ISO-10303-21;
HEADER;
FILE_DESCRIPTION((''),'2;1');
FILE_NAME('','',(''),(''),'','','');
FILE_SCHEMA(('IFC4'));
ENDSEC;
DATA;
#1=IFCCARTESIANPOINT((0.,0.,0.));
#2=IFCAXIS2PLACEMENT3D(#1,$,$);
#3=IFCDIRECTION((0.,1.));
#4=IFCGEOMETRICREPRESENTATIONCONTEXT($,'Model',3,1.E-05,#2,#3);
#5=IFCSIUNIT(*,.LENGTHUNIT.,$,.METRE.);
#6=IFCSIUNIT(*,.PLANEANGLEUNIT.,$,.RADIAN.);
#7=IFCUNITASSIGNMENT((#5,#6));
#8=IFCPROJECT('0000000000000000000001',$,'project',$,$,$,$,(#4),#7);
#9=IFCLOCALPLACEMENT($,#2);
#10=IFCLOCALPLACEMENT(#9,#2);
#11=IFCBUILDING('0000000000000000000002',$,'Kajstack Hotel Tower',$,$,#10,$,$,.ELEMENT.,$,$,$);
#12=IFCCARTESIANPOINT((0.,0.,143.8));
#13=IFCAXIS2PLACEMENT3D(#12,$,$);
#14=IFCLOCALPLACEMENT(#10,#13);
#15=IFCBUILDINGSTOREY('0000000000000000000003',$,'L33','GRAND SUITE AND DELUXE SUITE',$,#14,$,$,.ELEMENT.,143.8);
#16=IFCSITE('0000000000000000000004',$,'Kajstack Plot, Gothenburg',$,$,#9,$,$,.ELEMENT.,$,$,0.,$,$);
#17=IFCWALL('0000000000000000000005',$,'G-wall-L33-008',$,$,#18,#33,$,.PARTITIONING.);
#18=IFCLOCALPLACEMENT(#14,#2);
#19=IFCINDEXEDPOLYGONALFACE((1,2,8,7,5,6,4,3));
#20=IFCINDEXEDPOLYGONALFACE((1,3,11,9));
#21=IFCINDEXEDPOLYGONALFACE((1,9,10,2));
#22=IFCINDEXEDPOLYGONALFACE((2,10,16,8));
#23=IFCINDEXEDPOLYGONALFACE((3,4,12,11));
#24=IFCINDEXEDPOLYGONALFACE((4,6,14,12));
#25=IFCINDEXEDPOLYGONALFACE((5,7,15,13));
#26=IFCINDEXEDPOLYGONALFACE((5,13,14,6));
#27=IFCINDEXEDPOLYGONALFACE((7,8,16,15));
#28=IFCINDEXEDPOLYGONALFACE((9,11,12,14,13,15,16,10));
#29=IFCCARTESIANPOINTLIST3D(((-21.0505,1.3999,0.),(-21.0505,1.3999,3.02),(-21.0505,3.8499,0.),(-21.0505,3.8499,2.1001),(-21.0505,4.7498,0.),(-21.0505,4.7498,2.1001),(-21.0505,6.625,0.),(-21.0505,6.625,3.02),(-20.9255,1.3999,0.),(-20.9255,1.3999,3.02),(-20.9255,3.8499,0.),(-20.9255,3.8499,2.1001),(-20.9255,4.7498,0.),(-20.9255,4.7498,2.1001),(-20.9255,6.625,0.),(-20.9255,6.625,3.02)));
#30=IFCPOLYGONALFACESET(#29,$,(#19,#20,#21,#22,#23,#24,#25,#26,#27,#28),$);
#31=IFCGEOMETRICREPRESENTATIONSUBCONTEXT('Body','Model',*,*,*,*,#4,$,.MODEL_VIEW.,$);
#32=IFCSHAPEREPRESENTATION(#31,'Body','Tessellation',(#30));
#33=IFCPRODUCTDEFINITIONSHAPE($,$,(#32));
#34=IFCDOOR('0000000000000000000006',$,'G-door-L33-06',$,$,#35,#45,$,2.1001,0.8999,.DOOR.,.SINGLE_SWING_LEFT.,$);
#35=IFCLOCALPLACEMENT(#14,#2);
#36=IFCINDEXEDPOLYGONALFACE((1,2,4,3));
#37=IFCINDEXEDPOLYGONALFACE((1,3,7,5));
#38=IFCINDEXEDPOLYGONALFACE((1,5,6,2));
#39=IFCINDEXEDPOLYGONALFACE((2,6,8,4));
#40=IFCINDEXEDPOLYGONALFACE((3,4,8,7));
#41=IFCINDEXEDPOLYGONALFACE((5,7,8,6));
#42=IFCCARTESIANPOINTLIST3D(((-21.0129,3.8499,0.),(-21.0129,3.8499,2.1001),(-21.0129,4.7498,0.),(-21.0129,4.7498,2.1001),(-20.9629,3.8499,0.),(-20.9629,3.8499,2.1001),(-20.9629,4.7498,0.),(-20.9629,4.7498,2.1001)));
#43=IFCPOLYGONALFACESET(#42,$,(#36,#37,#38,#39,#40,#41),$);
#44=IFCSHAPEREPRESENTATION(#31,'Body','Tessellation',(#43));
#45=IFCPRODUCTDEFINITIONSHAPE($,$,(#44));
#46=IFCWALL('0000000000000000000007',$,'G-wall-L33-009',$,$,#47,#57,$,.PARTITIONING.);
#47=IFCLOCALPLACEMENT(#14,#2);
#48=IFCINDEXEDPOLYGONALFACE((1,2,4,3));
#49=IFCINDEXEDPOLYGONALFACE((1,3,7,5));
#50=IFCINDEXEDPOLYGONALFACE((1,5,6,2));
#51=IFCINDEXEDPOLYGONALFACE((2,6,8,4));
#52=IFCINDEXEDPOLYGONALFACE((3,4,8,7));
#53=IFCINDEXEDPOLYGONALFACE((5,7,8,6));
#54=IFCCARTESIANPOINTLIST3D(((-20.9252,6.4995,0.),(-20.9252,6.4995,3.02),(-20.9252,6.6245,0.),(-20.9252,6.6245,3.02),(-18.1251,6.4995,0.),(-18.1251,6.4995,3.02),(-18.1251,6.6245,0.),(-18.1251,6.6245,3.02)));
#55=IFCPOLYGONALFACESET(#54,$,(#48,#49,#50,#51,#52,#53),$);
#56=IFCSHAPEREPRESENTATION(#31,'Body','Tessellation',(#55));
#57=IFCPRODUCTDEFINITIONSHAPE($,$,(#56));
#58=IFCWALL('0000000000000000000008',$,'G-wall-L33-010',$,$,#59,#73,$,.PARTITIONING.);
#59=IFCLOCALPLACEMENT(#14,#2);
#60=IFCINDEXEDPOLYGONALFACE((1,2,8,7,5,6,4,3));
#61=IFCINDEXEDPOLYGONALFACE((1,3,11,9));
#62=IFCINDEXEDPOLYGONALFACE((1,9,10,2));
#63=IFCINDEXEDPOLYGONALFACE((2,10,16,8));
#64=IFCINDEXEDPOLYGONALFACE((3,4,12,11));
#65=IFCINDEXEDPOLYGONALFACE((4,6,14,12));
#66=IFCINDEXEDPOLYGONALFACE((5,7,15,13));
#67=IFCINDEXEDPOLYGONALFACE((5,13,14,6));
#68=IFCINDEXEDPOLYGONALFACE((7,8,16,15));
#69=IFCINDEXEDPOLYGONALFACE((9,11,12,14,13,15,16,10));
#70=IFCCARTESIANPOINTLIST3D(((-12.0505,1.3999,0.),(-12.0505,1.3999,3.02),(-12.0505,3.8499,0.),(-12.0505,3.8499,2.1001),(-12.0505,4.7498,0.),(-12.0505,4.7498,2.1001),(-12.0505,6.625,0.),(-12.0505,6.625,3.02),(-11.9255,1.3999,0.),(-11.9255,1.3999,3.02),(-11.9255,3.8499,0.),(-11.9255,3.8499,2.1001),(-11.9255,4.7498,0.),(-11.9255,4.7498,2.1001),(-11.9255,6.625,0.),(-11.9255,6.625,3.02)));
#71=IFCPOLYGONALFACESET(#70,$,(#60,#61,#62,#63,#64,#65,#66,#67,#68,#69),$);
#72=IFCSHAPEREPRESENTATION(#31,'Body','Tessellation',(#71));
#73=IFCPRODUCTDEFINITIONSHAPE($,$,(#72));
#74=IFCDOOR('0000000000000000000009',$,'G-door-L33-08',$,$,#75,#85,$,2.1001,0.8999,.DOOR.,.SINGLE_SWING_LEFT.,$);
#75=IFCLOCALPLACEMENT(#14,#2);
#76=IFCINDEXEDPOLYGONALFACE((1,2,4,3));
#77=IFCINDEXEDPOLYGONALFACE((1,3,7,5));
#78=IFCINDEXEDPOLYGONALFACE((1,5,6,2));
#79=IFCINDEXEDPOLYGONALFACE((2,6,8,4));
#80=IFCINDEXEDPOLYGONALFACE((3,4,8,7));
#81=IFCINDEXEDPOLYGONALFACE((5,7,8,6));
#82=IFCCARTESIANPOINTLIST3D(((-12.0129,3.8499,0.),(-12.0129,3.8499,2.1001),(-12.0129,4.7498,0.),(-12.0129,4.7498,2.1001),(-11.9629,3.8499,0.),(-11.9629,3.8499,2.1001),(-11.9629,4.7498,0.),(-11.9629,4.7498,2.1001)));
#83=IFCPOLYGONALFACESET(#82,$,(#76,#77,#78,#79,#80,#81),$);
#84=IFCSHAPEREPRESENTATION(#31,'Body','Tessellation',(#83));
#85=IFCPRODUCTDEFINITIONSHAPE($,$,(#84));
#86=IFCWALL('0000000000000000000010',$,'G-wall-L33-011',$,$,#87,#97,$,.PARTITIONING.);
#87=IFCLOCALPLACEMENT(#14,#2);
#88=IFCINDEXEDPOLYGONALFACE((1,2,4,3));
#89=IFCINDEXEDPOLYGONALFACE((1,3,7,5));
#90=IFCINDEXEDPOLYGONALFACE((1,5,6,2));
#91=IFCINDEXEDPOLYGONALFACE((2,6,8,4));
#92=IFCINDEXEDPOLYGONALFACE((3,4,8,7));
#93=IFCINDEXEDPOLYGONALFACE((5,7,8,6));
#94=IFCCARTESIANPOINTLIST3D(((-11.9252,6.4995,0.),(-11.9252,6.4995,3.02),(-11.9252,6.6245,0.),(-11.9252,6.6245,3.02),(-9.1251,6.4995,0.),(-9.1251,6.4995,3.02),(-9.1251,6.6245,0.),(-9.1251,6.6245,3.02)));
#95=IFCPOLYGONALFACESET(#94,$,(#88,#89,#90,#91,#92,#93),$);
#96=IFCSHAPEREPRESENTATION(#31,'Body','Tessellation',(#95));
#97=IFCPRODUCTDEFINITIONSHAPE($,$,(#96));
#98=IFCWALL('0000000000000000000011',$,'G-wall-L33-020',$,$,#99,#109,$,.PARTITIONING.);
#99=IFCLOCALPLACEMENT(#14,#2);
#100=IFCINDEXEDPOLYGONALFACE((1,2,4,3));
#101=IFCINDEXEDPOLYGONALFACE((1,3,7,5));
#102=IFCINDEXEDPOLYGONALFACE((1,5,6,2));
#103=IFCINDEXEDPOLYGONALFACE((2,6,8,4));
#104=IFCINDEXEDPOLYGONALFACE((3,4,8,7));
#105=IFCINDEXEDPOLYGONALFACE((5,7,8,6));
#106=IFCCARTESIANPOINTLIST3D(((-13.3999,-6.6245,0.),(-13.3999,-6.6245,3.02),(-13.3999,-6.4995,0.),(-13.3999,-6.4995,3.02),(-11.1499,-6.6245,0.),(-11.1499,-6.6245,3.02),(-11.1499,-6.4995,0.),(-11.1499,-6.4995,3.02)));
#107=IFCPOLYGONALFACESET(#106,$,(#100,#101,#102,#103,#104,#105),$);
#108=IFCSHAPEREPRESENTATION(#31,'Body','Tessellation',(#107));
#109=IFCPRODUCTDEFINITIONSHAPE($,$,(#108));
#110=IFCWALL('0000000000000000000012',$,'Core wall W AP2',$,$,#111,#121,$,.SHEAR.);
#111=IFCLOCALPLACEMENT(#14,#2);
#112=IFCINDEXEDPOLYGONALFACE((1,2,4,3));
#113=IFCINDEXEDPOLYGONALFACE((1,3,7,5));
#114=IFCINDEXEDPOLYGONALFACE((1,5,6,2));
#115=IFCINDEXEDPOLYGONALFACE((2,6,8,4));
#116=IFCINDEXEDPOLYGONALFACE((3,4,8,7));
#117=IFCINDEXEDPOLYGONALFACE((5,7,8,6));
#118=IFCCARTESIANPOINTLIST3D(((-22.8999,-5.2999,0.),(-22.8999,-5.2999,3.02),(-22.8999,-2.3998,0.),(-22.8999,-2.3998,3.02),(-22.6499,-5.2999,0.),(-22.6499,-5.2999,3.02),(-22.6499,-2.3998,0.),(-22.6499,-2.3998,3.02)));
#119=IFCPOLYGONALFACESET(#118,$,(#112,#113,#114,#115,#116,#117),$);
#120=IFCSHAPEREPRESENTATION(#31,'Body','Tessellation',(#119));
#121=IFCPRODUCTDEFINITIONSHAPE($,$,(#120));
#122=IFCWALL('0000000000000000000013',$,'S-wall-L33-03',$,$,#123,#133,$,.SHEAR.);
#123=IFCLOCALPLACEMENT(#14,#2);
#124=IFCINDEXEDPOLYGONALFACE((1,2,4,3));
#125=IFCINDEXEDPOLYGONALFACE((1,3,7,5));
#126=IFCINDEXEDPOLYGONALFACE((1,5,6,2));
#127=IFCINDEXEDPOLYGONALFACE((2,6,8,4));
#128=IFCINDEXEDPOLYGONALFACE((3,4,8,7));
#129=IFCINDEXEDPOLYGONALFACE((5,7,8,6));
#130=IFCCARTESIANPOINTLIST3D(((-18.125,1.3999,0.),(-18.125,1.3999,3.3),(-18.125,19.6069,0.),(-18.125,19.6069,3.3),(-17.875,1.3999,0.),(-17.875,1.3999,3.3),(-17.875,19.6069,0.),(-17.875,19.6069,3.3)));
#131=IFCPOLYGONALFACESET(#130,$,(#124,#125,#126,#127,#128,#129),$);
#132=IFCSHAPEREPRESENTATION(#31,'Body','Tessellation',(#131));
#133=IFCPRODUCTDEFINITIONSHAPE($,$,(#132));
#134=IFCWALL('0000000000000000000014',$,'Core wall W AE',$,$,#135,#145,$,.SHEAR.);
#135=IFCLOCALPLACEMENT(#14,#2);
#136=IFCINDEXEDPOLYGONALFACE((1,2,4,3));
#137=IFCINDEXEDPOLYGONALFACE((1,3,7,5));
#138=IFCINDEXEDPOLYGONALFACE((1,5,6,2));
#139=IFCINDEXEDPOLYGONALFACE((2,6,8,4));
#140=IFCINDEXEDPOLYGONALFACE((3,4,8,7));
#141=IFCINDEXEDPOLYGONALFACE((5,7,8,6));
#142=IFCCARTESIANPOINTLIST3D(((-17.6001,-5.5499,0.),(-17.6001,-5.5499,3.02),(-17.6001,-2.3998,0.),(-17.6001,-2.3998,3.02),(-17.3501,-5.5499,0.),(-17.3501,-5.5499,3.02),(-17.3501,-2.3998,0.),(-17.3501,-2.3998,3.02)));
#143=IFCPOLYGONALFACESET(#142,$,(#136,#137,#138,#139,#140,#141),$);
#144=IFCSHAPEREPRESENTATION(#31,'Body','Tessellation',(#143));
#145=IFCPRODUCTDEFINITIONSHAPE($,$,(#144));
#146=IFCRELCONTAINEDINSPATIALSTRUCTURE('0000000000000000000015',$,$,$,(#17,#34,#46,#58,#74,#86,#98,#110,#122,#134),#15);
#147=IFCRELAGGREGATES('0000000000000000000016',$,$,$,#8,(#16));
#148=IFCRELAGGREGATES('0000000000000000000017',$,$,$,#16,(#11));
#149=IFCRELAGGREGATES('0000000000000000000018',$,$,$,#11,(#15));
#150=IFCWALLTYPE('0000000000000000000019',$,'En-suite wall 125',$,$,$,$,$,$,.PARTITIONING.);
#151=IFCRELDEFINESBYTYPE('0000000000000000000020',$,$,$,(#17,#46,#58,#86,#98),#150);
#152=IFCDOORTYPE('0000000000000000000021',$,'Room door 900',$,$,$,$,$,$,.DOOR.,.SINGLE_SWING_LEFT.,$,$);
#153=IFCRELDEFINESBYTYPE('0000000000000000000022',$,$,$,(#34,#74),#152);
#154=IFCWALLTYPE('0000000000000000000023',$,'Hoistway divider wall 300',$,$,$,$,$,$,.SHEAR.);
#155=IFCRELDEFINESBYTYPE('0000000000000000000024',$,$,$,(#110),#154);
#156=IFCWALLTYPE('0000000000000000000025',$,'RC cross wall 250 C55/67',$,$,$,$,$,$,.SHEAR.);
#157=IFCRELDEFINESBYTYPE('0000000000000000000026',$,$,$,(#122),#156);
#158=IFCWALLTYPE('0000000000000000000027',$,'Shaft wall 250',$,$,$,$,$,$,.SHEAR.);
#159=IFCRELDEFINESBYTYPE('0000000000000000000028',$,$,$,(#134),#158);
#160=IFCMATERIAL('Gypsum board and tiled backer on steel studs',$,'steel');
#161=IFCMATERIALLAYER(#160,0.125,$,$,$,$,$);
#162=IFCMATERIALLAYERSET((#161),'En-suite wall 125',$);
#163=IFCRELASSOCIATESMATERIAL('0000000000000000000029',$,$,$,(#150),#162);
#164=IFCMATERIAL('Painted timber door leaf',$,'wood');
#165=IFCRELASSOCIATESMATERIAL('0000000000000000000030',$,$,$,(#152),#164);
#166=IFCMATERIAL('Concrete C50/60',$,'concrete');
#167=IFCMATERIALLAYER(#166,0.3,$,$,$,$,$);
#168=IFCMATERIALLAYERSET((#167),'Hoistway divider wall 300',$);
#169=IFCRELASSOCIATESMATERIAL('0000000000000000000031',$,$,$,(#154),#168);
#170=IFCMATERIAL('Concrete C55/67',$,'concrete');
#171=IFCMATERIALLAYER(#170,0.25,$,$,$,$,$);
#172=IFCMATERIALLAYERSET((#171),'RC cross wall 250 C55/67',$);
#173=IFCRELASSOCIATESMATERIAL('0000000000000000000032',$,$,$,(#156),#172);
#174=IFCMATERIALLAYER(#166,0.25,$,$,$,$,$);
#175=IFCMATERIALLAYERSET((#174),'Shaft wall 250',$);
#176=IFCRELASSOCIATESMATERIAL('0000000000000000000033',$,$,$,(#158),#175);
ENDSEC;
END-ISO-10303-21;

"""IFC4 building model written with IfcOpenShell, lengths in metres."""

from ifc_helpers import new_model, si_unit, direction, frame, frame_2d, origin, place, context, subcontext, project, spatial, rectangle, extrude, material, layer, layer_set, type_object, element, fill, save


model = new_model("IFC4")

# Units and contexts
model_context = context("Model", 3, precision=1e-05, world=origin(), true_north=direction((0.0, 1.0)))
body_context = subcontext(model_context, "Body", "Model", "MODEL_VIEW")
ifc_project = project(units=[si_unit("LENGTHUNIT", "METRE"), si_unit("PLANEANGLEUNIT", "RADIAN")], contexts=[model_context])

# Site, building, storey
site_placement = place(None, origin())
site = spatial("IfcSite", under=ifc_project, at=site_placement, Name="Kajstack Plot, Gothenburg", CompositionType="ELEMENT", RefElevation=0.0)
building_placement = place(site_placement, origin())
building = spatial("IfcBuilding", under=site, at=building_placement, Name="Kajstack Hotel Tower", CompositionType="ELEMENT")
storey_placement = place(building_placement, frame((0.0, 0.0, 143.8)))
storey = spatial("IfcBuildingStorey", under=building, at=storey_placement, Name="L33", Description="GRAND SUITE AND DELUXE SUITE", CompositionType="ELEMENT", Elevation=143.8)

# Wall, opening, door
ifc_material_1 = material(Name="Gypsum board and tiled backer on steel studs", Category="steel")
ifc_layer_1 = layer(ifc_material_1, 0.125)
ifc_layer_set_1 = layer_set([ifc_layer_1], Name="En-suite wall 125")
wall_type_1 = type_object("IfcWallType", Name="En-suite wall 125", PredefinedType="PARTITIONING", material=ifc_layer_set_1)
wall_1_placement = place(storey_placement, frame((-20.988, 1.3999, 0.0), z_axis=(0.0, 0.0, 1.0), x_axis=(0.0, 1.0, 0.0)))
wall_1 = element("IfcWall", 1, at=wall_1_placement, inside=storey, type_object=wall_type_1, Name="G-wall-L33-008", PredefinedType="PARTITIONING", context=body_context, shape_type="SweptSolid", body=[
    extrude(rectangle(XDim=5.2251, YDim=0.125, at=frame_2d((2.6125, 0.0))), origin(), (0.0, 0.0, 1.0), 3.02),
])
opening_1_placement = place(wall_1_placement, frame((2.45, 0.0, 0.0)))
opening_1 = element("IfcOpeningElement", 2, at=opening_1_placement, cuts=wall_1, PredefinedType="OPENING", context=body_context, shape_type="SweptSolid", body=[
    extrude(rectangle(XDim=0.8999, YDim=2.1001, at=frame_2d((0.45, 1.05))), frame((0.0, 0.0725, 0.0), z_axis=(0.0, -1.0, 0.0), x_axis=(1.0, 0.0, 0.0)), (0.0, 0.0, 1.0), 0.145),
])
ifc_material_2 = material(Name="Painted timber door leaf", Category="wood")
door_type_1 = type_object("IfcDoorType", Name="Room door 900", OperationType="SINGLE_SWING_LEFT", PredefinedType="DOOR", material=ifc_material_2)
door_1_placement = place(opening_1_placement, origin())
door_1 = element("IfcDoor", 3, at=door_1_placement, inside=storey, type_object=door_type_1, Name="G-door-L33-06", OperationType="SINGLE_SWING_LEFT", OverallHeight=2.1001, OverallWidth=0.8999, PredefinedType="DOOR", context=body_context, shape_type="SweptSolid", body=[
    extrude(rectangle(XDim=0.8999, YDim=2.1001, at=frame_2d((0.45, 1.05))), frame((0.0, 0.0249, 0.0), z_axis=(0.0, -1.0, 0.0), x_axis=(1.0, 0.0, 0.0)), (0.0, 0.0, 1.0), 0.05),
])
fill(opening_1, door_1)

# Wall
wall_2_placement = place(storey_placement, frame((-20.925, 6.562, 0.0), z_axis=(0.0, 0.0, 1.0), x_axis=(1.0, 0.0, 0.0)))
element("IfcWall", 4, at=wall_2_placement, inside=storey, type_object=wall_type_1, Name="G-wall-L33-009", PredefinedType="PARTITIONING", context=body_context, shape_type="SweptSolid", body=[
    extrude(rectangle(XDim=2.8, YDim=0.125, at=frame_2d((1.3999, 0.0))), origin(), (0.0, 0.0, 1.0), 3.02),
])

# Wall, opening, door
wall_3_placement = place(storey_placement, frame((-11.988, 1.3999, 0.0), z_axis=(0.0, 0.0, 1.0), x_axis=(0.0, 1.0, 0.0)))
wall_3 = element("IfcWall", 5, at=wall_3_placement, inside=storey, type_object=wall_type_1, Name="G-wall-L33-010", PredefinedType="PARTITIONING", context=body_context, shape_type="SweptSolid", body=[
    extrude(rectangle(XDim=5.2251, YDim=0.125, at=frame_2d((2.6125, 0.0))), origin(), (0.0, 0.0, 1.0), 3.02),
])
opening_2_placement = place(wall_3_placement, frame((2.45, 0.0, 0.0)))
opening_2 = element("IfcOpeningElement", 6, at=opening_2_placement, cuts=wall_3, PredefinedType="OPENING", context=body_context, shape_type="SweptSolid", body=[
    extrude(rectangle(XDim=0.8999, YDim=2.1001, at=frame_2d((0.45, 1.05))), frame((0.0, 0.0725, 0.0), z_axis=(0.0, -1.0, 0.0), x_axis=(1.0, 0.0, 0.0)), (0.0, 0.0, 1.0), 0.145),
])
door_2_placement = place(opening_2_placement, origin())
door_2 = element("IfcDoor", 7, at=door_2_placement, inside=storey, type_object=door_type_1, Name="G-door-L33-08", OperationType="SINGLE_SWING_LEFT", OverallHeight=2.1001, OverallWidth=0.8999, PredefinedType="DOOR", context=body_context, shape_type="SweptSolid", body=[
    extrude(rectangle(XDim=0.8999, YDim=2.1001, at=frame_2d((0.45, 1.05))), frame((0.0, 0.0249, 0.0), z_axis=(0.0, -1.0, 0.0), x_axis=(1.0, 0.0, 0.0)), (0.0, 0.0, 1.0), 0.05),
])
fill(opening_2, door_2)

# Walls
wall_4_placement = place(storey_placement, frame((-11.925, 6.562, 0.0), z_axis=(0.0, 0.0, 1.0), x_axis=(1.0, 0.0, 0.0)))
element("IfcWall", 8, at=wall_4_placement, inside=storey, type_object=wall_type_1, Name="G-wall-L33-011", PredefinedType="PARTITIONING", context=body_context, shape_type="SweptSolid", body=[
    extrude(rectangle(XDim=2.8, YDim=0.125, at=frame_2d((1.3999, 0.0))), origin(), (0.0, 0.0, 1.0), 3.02),
])
wall_5_placement = place(storey_placement, frame((-13.3999, -6.562, 0.0), z_axis=(0.0, 0.0, 1.0), x_axis=(1.0, 0.0, 0.0)))
element("IfcWall", 9, at=wall_5_placement, inside=storey, type_object=wall_type_1, Name="G-wall-L33-020", PredefinedType="PARTITIONING", context=body_context, shape_type="SweptSolid", body=[
    extrude(rectangle(XDim=2.25, YDim=0.125, at=frame_2d((1.125, 0.0))), origin(), (0.0, 0.0, 1.0), 3.02),
])
ifc_material_3 = material(Name="Concrete C50/60", Category="concrete")
ifc_layer_2 = layer(ifc_material_3, 0.3)
ifc_layer_set_2 = layer_set([ifc_layer_2], Name="Hoistway divider wall 300")
wall_type_2 = type_object("IfcWallType", Name="Hoistway divider wall 300", PredefinedType="SHEAR", material=ifc_layer_set_2)
wall_6_placement = place(storey_placement, frame((-22.7749, -5.3, 0.0), z_axis=(0.0, 0.0, 1.0), x_axis=(0.0, 1.0, 0.0)))
element("IfcWall", 10, at=wall_6_placement, inside=storey, type_object=wall_type_2, Name="Core wall W AP2", PredefinedType="SHEAR", context=body_context, shape_type="SweptSolid", body=[
    extrude(rectangle(XDim=2.9001, YDim=0.25, at=frame_2d((1.4502, 0.0))), origin(), (0.0, 0.0, 1.0), 3.02),
])
ifc_material_4 = material(Name="Concrete C55/67", Category="concrete")
ifc_layer_3 = layer(ifc_material_4, 0.25)
ifc_layer_set_3 = layer_set([ifc_layer_3], Name="RC cross wall 250 C55/67")
wall_type_3 = type_object("IfcWallType", Name="RC cross wall 250 C55/67", PredefinedType="SHEAR", material=ifc_layer_set_3)
wall_7_placement = place(storey_placement, frame((-18.0, 1.3999, 0.0), z_axis=(0.0, 0.0, 1.0), x_axis=(0.0, 1.0, 0.0)))
element("IfcWall", 11, at=wall_7_placement, inside=storey, type_object=wall_type_3, Name="S-wall-L33-03", PredefinedType="SHEAR", context=body_context, shape_type="SweptSolid", body=[
    extrude(rectangle(XDim=18.207, YDim=0.25, at=frame_2d((9.1035, 0.0))), origin(), (0.0, 0.0, 1.0), 3.3),
])
ifc_layer_4 = layer(ifc_material_3, 0.25)
ifc_layer_set_4 = layer_set([ifc_layer_4], Name="Shaft wall 250")
wall_type_4 = type_object("IfcWallType", Name="Shaft wall 250", PredefinedType="SHEAR", material=ifc_layer_set_4)
wall_8_placement = place(storey_placement, frame((-17.4751, -5.55, 0.0), z_axis=(0.0, 0.0, 1.0), x_axis=(0.0, 1.0, 0.0)))
element("IfcWall", 12, at=wall_8_placement, inside=storey, type_object=wall_type_4, Name="Core wall W AE", PredefinedType="SHEAR", context=body_context, shape_type="SweptSolid", body=[
    extrude(rectangle(XDim=3.1501, YDim=0.25, at=frame_2d((1.5752, 0.0))), origin(), (0.0, 0.0, 1.0), 3.02),
])

save(model, "model.ifc")
